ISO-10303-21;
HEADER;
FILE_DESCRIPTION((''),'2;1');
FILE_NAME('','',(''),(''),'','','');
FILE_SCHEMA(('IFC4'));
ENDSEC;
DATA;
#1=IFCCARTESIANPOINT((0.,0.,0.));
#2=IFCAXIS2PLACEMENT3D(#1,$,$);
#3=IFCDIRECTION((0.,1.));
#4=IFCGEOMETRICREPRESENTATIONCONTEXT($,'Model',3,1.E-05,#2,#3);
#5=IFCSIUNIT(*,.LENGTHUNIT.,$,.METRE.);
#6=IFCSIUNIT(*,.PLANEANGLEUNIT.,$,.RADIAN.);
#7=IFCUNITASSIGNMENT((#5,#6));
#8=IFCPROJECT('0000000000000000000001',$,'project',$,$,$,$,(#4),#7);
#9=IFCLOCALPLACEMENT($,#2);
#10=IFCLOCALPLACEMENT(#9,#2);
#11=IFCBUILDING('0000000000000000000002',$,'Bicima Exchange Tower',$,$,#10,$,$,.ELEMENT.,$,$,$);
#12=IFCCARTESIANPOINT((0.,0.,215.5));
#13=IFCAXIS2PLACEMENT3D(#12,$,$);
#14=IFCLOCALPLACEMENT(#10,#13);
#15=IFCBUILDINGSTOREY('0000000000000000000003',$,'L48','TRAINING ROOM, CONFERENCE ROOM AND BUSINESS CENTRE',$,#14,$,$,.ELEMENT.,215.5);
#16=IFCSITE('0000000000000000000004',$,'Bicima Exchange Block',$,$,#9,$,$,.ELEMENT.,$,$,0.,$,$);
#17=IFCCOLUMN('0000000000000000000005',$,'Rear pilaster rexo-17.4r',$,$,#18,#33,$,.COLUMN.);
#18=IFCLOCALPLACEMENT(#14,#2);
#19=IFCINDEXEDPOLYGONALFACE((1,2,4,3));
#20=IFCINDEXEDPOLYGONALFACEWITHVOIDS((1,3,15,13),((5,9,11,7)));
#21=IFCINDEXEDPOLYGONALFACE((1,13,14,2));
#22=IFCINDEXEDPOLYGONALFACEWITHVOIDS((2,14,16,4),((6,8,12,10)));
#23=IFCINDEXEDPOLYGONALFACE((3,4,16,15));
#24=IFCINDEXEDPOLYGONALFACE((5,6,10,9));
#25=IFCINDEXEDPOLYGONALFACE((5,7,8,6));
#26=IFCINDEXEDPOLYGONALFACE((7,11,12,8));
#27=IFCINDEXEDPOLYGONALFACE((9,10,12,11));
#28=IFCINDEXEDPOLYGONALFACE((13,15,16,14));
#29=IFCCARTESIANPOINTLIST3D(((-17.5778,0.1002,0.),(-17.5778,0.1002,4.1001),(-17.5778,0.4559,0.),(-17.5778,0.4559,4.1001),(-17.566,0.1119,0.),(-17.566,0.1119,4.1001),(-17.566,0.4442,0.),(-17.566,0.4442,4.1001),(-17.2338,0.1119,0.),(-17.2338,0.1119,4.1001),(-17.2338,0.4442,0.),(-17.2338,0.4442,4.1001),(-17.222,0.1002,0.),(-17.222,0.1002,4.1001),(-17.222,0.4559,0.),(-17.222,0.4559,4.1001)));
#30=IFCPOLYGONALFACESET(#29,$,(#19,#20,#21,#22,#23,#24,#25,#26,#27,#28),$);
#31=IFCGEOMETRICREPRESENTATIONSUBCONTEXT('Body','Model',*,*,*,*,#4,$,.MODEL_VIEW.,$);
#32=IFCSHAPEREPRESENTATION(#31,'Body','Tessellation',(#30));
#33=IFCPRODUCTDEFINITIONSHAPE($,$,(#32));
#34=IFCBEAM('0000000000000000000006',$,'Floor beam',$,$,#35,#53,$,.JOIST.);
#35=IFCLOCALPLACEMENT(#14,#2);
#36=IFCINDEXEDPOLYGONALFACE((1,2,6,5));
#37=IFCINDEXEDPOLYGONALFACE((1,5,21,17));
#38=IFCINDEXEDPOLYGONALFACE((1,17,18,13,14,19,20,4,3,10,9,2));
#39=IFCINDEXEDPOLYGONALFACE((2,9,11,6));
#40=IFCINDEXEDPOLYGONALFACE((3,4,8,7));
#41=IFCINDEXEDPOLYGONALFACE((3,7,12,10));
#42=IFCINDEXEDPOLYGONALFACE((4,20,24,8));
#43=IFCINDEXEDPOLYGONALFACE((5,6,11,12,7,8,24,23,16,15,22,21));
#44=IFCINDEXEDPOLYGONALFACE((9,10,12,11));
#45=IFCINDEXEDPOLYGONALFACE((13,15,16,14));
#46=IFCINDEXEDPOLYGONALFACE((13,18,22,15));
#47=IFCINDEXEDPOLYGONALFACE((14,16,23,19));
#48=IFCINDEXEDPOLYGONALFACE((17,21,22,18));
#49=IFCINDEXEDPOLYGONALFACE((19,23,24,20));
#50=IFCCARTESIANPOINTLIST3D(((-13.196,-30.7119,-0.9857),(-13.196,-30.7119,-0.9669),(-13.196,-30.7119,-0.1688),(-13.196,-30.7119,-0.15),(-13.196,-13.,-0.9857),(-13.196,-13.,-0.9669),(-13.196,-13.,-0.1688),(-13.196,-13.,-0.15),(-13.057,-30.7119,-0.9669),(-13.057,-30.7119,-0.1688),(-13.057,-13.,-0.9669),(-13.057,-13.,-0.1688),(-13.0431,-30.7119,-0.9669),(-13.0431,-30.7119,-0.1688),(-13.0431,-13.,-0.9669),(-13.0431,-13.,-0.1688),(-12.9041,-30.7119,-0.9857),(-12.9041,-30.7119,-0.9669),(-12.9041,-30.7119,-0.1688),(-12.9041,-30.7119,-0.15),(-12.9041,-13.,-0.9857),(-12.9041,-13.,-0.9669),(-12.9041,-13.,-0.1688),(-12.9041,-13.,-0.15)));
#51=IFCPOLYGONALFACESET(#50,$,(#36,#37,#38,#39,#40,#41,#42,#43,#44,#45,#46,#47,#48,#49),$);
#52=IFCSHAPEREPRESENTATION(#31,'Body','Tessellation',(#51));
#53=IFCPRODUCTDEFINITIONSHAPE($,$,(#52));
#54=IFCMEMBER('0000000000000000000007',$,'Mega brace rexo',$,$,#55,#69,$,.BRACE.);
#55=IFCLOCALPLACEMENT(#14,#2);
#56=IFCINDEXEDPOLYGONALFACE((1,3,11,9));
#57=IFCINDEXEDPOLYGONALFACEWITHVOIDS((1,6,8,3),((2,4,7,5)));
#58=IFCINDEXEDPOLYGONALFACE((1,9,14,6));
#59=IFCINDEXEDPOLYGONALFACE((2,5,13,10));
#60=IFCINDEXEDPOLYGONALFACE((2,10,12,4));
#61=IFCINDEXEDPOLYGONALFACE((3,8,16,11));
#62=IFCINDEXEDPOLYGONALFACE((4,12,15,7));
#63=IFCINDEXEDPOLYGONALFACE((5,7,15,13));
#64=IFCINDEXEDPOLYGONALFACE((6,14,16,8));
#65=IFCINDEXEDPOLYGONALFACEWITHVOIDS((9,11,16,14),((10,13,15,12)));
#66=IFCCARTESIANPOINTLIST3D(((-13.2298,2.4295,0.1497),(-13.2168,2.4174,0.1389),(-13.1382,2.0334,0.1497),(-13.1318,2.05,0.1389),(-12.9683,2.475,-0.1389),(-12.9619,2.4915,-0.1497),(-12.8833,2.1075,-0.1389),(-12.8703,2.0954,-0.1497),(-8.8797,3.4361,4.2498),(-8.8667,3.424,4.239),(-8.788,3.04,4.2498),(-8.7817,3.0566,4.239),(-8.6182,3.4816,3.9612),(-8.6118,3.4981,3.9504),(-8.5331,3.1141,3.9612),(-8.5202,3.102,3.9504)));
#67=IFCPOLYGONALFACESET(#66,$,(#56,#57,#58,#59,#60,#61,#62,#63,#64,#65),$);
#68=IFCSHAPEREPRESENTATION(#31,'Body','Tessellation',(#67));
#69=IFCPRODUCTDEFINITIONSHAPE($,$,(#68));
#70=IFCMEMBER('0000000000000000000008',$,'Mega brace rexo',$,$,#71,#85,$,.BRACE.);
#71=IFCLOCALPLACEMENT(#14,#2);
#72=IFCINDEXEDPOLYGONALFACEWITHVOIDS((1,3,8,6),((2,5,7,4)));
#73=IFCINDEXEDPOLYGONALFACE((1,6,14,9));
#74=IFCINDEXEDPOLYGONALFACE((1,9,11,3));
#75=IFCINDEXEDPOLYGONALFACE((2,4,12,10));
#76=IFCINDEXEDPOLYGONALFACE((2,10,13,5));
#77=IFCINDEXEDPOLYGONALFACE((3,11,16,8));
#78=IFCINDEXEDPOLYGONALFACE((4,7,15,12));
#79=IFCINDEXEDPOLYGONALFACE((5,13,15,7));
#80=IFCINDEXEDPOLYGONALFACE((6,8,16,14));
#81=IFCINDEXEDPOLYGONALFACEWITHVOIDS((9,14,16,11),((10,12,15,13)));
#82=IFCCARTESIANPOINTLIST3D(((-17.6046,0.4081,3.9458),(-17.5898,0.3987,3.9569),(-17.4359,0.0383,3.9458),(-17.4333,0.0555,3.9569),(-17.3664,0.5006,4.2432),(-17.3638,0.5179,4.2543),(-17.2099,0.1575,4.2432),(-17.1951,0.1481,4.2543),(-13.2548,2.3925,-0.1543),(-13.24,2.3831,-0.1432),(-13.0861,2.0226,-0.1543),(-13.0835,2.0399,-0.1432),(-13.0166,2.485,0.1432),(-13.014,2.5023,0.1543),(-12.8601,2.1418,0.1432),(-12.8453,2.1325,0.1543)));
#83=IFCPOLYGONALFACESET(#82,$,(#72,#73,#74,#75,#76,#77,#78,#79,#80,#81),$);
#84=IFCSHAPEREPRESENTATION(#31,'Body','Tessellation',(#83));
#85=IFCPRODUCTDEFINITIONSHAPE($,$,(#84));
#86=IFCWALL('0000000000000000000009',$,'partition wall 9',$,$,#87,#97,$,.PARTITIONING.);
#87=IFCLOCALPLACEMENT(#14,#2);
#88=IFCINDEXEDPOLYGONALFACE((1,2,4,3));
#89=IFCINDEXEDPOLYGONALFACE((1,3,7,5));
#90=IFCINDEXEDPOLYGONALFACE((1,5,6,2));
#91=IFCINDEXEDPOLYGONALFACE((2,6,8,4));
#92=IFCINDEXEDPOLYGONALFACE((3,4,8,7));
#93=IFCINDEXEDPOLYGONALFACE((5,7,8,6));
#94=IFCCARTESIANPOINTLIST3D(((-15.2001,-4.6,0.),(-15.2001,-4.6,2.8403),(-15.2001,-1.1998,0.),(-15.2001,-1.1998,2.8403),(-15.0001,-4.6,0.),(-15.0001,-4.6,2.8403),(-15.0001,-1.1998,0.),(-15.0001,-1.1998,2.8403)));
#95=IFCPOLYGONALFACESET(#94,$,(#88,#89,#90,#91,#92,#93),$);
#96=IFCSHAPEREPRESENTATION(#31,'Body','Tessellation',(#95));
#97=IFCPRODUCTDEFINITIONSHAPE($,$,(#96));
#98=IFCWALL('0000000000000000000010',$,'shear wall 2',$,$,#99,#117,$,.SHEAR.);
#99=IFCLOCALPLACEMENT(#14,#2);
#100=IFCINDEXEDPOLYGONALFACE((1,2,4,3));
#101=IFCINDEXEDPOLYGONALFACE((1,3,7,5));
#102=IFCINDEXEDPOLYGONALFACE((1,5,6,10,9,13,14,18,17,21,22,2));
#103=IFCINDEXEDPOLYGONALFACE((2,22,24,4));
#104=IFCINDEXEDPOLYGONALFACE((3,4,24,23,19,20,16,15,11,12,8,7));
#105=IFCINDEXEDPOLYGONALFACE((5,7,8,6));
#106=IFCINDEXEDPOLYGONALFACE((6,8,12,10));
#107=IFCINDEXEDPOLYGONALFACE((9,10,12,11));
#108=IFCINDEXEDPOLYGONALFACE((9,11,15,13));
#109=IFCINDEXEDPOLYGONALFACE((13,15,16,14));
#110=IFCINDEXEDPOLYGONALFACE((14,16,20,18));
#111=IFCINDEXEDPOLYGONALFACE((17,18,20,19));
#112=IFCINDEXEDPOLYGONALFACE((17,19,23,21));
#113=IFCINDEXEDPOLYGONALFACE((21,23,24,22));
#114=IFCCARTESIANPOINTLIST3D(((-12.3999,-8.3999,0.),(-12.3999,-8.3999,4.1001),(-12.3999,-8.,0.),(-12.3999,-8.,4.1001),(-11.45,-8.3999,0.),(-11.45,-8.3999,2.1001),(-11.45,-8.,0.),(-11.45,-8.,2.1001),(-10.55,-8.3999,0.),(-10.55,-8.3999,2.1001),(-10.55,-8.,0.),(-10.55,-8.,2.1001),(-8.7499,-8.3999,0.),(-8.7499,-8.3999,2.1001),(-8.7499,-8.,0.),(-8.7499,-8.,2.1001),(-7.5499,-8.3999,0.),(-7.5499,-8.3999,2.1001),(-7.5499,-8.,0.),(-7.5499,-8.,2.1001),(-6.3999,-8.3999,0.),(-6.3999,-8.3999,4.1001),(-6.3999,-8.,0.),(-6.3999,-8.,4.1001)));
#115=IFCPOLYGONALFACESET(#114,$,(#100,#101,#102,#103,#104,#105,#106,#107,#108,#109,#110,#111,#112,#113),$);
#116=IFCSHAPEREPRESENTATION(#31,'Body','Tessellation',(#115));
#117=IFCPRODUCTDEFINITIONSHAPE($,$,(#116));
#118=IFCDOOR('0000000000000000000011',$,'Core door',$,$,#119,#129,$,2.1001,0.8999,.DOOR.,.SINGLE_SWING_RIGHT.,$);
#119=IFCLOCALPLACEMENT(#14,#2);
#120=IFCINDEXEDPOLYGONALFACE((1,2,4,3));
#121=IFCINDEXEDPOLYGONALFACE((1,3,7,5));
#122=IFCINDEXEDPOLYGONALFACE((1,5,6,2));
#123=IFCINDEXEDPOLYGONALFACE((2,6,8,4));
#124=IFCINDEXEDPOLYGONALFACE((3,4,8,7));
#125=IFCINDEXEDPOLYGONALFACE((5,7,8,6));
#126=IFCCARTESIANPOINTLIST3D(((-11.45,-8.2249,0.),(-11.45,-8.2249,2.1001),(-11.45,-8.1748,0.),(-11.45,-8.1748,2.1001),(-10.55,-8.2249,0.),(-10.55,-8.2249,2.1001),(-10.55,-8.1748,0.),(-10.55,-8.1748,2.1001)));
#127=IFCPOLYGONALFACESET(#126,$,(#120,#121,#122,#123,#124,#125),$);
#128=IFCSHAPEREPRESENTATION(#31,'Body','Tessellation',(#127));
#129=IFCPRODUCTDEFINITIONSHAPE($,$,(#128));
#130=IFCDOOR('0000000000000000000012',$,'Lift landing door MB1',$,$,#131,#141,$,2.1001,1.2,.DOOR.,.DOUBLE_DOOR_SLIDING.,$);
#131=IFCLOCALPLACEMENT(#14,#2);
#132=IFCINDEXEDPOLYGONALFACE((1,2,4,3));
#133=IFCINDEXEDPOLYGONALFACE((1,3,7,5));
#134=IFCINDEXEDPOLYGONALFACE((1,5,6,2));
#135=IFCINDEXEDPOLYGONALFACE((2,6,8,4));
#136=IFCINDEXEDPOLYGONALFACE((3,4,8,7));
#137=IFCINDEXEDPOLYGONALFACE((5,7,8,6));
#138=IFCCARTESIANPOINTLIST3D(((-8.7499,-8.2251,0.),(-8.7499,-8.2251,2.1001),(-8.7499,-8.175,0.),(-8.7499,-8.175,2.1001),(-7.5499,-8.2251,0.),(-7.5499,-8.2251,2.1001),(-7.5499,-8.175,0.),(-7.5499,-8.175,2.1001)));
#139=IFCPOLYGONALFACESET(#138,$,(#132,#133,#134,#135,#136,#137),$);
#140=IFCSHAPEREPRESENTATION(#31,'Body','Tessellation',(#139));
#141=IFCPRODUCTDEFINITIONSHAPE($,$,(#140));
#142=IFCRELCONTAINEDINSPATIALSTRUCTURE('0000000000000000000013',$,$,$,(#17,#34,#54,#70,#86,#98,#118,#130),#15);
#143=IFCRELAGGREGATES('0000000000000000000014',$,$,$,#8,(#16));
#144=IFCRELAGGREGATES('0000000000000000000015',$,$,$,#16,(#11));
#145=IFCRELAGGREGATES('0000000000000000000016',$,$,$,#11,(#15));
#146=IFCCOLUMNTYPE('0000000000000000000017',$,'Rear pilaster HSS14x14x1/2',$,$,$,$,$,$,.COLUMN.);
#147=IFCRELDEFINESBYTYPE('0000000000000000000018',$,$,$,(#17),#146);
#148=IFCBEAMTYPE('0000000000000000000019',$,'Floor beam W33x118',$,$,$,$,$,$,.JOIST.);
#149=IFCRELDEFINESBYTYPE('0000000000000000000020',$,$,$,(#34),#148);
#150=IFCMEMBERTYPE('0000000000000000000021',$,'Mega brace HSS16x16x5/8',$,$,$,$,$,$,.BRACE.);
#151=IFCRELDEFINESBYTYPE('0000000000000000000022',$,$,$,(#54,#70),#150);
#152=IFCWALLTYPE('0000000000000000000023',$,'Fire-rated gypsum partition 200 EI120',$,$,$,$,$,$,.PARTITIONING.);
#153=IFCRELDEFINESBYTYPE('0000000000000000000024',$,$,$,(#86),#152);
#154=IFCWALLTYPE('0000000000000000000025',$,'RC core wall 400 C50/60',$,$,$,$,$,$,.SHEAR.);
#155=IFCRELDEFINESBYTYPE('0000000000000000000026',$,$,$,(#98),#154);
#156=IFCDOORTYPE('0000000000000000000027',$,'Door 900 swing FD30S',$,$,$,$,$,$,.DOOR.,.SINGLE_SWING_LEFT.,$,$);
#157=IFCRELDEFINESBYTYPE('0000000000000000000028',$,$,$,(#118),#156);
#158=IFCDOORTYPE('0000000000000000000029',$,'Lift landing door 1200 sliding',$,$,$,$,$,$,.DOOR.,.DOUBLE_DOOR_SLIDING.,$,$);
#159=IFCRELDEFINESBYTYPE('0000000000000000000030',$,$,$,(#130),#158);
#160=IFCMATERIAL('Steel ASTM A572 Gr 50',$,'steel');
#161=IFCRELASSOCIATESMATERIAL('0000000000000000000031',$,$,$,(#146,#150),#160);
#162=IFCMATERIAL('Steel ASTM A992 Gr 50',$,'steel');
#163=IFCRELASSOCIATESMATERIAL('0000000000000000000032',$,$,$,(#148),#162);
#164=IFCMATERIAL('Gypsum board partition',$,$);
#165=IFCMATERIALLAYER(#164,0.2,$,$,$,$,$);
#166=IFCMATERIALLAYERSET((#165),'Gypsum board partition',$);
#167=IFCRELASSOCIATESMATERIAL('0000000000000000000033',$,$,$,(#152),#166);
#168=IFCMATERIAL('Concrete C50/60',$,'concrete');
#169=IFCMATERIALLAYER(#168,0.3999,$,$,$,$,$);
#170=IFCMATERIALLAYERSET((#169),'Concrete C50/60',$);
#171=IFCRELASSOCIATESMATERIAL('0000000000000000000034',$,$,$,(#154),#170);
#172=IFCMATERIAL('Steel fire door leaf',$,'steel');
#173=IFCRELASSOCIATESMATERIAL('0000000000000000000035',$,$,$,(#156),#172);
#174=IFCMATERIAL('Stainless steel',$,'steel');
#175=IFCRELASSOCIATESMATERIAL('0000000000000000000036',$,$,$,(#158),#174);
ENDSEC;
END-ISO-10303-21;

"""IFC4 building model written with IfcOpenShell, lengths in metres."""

from ifc_helpers import new_model, si_unit, direction, frame, frame_2d, origin, origin_2d, place, context, subcontext, project, spatial, rectangle, hollow_rectangle, i_section, extrude, material, layer, layer_set, material_profile, profile_set, type_object, element, fill, save


model = new_model("IFC4")

# Units and contexts
model_context = context("Model", 3, precision=1e-05, world=origin(), true_north=direction((0.0, 1.0)))
body_context = subcontext(model_context, "Body", "Model", "MODEL_VIEW")
ifc_project = project(units=[si_unit("LENGTHUNIT", "METRE"), si_unit("PLANEANGLEUNIT", "RADIAN")], contexts=[model_context])

# Site, building, storey
site_placement = place(None, origin())
site = spatial("IfcSite", under=ifc_project, at=site_placement, Name="Bicima Exchange Block", CompositionType="ELEMENT", RefElevation=0.0)
building_placement = place(site_placement, origin())
building = spatial("IfcBuilding", under=site, at=building_placement, Name="Bicima Exchange Tower", CompositionType="ELEMENT")
storey_placement = place(building_placement, frame((0.0, 0.0, 215.5)))
storey = spatial("IfcBuildingStorey", under=building, at=storey_placement, Name="L48", Description="TRAINING ROOM, CONFERENCE ROOM AND BUSINESS CENTRE", CompositionType="ELEMENT", Elevation=215.5)

# Column
ifc_material_1 = material(Name="Steel ASTM A572 Gr 50", Category="steel")
ifc_material_profile_1 = material_profile(ifc_material_1, hollow_rectangle(XDim=0.3557, YDim=0.3557, WallThickness=0.0117, at=origin_2d()))
ifc_profile_set_1 = profile_set([ifc_material_profile_1], Name="Steel ASTM A572 Gr 50")
column_type = type_object("IfcColumnType", Name="Rear pilaster HSS14x14x1/2", PredefinedType="COLUMN", material=ifc_profile_set_1)
column_placement = place(storey_placement, frame((-17.3999, 0.2781, 0.0), z_axis=(0.0, 0.0, 1.0), x_axis=(1.0, 0.0, 0.0)))
element("IfcColumn", 1, at=column_placement, inside=storey, type_object=column_type, Name="Rear pilaster rexo-17.4r", PredefinedType="COLUMN", context=body_context, shape_type="SweptSolid", body=[
    extrude(hollow_rectangle(XDim=0.3557, YDim=0.3557, WallThickness=0.0117, at=origin_2d()), origin(), (0.0, 0.0, 1.0), 4.1001),
])

# Beam
ifc_material_2 = material(Name="Steel ASTM A992 Gr 50", Category="steel")
ifc_material_profile_2 = material_profile(ifc_material_2, i_section(OverallWidth=0.292, OverallDepth=0.8357, WebThickness=0.0139, FlangeThickness=0.0188, at=origin_2d()))
ifc_profile_set_2 = profile_set([ifc_material_profile_2], Name="Steel ASTM A992 Gr 50")
beam_type = type_object("IfcBeamType", Name="Floor beam W33x118", PredefinedType="JOIST", material=ifc_profile_set_2)
beam_placement = place(storey_placement, frame((-13.05, -13.0, -0.5679), z_axis=(0.0, -1.0, 0.0), x_axis=(1.0, 0.0, 0.0)))
element("IfcBeam", 2, at=beam_placement, inside=storey, type_object=beam_type, Name="Floor beam", PredefinedType="JOIST", context=body_context, shape_type="SweptSolid", body=[
    extrude(i_section(OverallWidth=0.292, OverallDepth=0.8357, WebThickness=0.0139, FlangeThickness=0.0188, at=origin_2d()), origin(), (0.0, 0.0, 1.0), 17.7119),
])

# Members
ifc_material_profile_3 = material_profile(ifc_material_1, hollow_rectangle(XDim=0.4065, YDim=0.4065, WallThickness=0.0146, at=origin_2d()))
ifc_profile_set_3 = profile_set([ifc_material_profile_3], Name="Steel ASTM A572 Gr 50")
member_type = type_object("IfcMemberType", Name="Mega brace HSS16x16x5/8", PredefinedType="BRACE", material=ifc_profile_set_3)
member_1_placement = place(storey_placement, frame((-13.05, 2.2625, 0.0), z_axis=(0.717606, 0.166051, 0.676365), x_axis=(-0.225439, 0.974257, 0.0)))
element("IfcMember", 3, at=member_1_placement, inside=storey, type_object=member_type, Name="Mega brace rexo", PredefinedType="BRACE", context=body_context, shape_type="SweptSolid", body=[
    extrude(hollow_rectangle(XDim=0.4065, YDim=0.4065, WallThickness=0.0146, at=origin_2d()), origin(), (0.0, 0.0, 1.0), 6.062),
])
member_2_placement = place(storey_placement, frame((-13.05, 2.2625, 0.0), z_axis=(-0.690629, -0.31506, 0.650975), x_axis=(0.415045, -0.909801, 0.0)))
element("IfcMember", 4, at=member_2_placement, inside=storey, type_object=member_type, Name="Mega brace rexo", PredefinedType="BRACE", context=body_context, shape_type="SweptSolid", body=[
    extrude(hollow_rectangle(XDim=0.4065, YDim=0.4065, WallThickness=0.0146, at=origin_2d()), origin(), (0.0, 0.0, 1.0), 6.2983),
])

# Wall
ifc_material_3 = material(Name="Gypsum board partition")
ifc_layer_1 = layer(ifc_material_3, 0.2)
ifc_layer_set_1 = layer_set([ifc_layer_1], Name="Gypsum board partition")
wall_type_1 = type_object("IfcWallType", Name="Fire-rated gypsum partition 200 EI120", PredefinedType="PARTITIONING", material=ifc_layer_set_1)
wall_1_placement = place(storey_placement, frame((-15.1001, -4.6001, 0.0), z_axis=(0.0, 0.0, 1.0), x_axis=(0.0, 1.0, 0.0)))
element("IfcWall", 5, at=wall_1_placement, inside=storey, type_object=wall_type_1, Name="partition wall 9", PredefinedType="PARTITIONING", context=body_context, shape_type="SweptSolid", body=[
    extrude(rectangle(XDim=3.4001, YDim=0.2, at=frame_2d((1.7002, 0.0))), origin(), (0.0, 0.0, 1.0), 2.8403),
])

# Wall, openings, doors
ifc_material_4 = material(Name="Concrete C50/60", Category="concrete")
ifc_layer_2 = layer(ifc_material_4, 0.3999)
ifc_layer_set_2 = layer_set([ifc_layer_2], Name="Concrete C50/60")
wall_type_2 = type_object("IfcWallType", Name="RC core wall 400 C50/60", PredefinedType="SHEAR", material=ifc_layer_set_2)
wall_2_placement = place(storey_placement, frame((-12.3999, -8.2, 0.0), z_axis=(0.0, 0.0, 1.0), x_axis=(1.0, 0.0, 0.0)))
wall_2 = element("IfcWall", 6, at=wall_2_placement, inside=storey, type_object=wall_type_2, Name="shear wall 2", PredefinedType="SHEAR", context=body_context, shape_type="SweptSolid", body=[
    extrude(rectangle(XDim=6.0, YDim=0.3999, at=frame_2d((3.0, 0.0))), origin(), (0.0, 0.0, 1.0), 4.1001),
])
opening_1_placement = place(wall_2_placement, frame((3.6499, 0.0, 0.0)))
opening_1 = element("IfcOpeningElement", 7, at=opening_1_placement, cuts=wall_2, PredefinedType="OPENING", context=body_context, shape_type="SweptSolid", body=[
    extrude(rectangle(XDim=1.2, YDim=2.1001, at=frame_2d((0.6001, 1.05))), frame((0.0, 0.2119, 0.0), z_axis=(0.0, -1.0, 0.0), x_axis=(1.0, 0.0, 0.0)), (0.0, 0.0, 1.0), 0.4238),
])
opening_2_placement = place(wall_2_placement, frame((0.95, 0.0, 0.0)))
opening_2 = element("IfcOpeningElement", 8, at=opening_2_placement, cuts=wall_2, PredefinedType="OPENING", context=body_context, shape_type="SweptSolid", body=[
    extrude(rectangle(XDim=0.8999, YDim=2.1001, at=frame_2d((0.45, 1.05))), frame((0.0, 0.2119, 0.0), z_axis=(0.0, -1.0, 0.0), x_axis=(1.0, 0.0, 0.0)), (0.0, 0.0, 1.0), 0.4238),
])
ifc_material_5 = material(Name="Steel fire door leaf", Category="steel")
door_type_1 = type_object("IfcDoorType", Name="Door 900 swing FD30S", OperationType="SINGLE_SWING_LEFT", PredefinedType="DOOR", material=ifc_material_5)
door_1_placement = place(opening_2_placement, frame((0.8999, 0.0, 0.0), z_axis=(0.0, 0.0, 1.0), x_axis=(-1.0, 0.0, 0.0)))
door_1 = element("IfcDoor", 9, at=door_1_placement, inside=storey, type_object=door_type_1, Name="Core door", OperationType="SINGLE_SWING_RIGHT", OverallHeight=2.1001, OverallWidth=0.8999, PredefinedType="DOOR", context=body_context, shape_type="SweptSolid", body=[
    extrude(rectangle(XDim=0.8999, YDim=2.1001, at=frame_2d((0.45, 1.05))), frame((0.0, 0.0249, 0.0), z_axis=(0.0, -1.0, 0.0), x_axis=(1.0, 0.0, 0.0)), (0.0, 0.0, 1.0), 0.05),
])
fill(opening_2, door_1)
ifc_material_6 = material(Name="Stainless steel", Category="steel")
door_type_2 = type_object("IfcDoorType", Name="Lift landing door 1200 sliding", OperationType="DOUBLE_DOOR_SLIDING", PredefinedType="DOOR", material=ifc_material_6)
door_2_placement = place(opening_1_placement, origin())
door_2 = element("IfcDoor", 10, at=door_2_placement, inside=storey, type_object=door_type_2, Name="Lift landing door MB1", OperationType="DOUBLE_DOOR_SLIDING", OverallHeight=2.1001, OverallWidth=1.2, PredefinedType="DOOR", context=body_context, shape_type="SweptSolid", body=[
    extrude(rectangle(XDim=1.2, YDim=2.1001, at=frame_2d((0.6001, 1.05))), frame((0.0, 0.0249, 0.0), z_axis=(0.0, -1.0, 0.0), x_axis=(1.0, 0.0, 0.0)), (0.0, 0.0, 1.0), 0.05),
])
fill(opening_1, door_2)

save(model, "model.ifc")
